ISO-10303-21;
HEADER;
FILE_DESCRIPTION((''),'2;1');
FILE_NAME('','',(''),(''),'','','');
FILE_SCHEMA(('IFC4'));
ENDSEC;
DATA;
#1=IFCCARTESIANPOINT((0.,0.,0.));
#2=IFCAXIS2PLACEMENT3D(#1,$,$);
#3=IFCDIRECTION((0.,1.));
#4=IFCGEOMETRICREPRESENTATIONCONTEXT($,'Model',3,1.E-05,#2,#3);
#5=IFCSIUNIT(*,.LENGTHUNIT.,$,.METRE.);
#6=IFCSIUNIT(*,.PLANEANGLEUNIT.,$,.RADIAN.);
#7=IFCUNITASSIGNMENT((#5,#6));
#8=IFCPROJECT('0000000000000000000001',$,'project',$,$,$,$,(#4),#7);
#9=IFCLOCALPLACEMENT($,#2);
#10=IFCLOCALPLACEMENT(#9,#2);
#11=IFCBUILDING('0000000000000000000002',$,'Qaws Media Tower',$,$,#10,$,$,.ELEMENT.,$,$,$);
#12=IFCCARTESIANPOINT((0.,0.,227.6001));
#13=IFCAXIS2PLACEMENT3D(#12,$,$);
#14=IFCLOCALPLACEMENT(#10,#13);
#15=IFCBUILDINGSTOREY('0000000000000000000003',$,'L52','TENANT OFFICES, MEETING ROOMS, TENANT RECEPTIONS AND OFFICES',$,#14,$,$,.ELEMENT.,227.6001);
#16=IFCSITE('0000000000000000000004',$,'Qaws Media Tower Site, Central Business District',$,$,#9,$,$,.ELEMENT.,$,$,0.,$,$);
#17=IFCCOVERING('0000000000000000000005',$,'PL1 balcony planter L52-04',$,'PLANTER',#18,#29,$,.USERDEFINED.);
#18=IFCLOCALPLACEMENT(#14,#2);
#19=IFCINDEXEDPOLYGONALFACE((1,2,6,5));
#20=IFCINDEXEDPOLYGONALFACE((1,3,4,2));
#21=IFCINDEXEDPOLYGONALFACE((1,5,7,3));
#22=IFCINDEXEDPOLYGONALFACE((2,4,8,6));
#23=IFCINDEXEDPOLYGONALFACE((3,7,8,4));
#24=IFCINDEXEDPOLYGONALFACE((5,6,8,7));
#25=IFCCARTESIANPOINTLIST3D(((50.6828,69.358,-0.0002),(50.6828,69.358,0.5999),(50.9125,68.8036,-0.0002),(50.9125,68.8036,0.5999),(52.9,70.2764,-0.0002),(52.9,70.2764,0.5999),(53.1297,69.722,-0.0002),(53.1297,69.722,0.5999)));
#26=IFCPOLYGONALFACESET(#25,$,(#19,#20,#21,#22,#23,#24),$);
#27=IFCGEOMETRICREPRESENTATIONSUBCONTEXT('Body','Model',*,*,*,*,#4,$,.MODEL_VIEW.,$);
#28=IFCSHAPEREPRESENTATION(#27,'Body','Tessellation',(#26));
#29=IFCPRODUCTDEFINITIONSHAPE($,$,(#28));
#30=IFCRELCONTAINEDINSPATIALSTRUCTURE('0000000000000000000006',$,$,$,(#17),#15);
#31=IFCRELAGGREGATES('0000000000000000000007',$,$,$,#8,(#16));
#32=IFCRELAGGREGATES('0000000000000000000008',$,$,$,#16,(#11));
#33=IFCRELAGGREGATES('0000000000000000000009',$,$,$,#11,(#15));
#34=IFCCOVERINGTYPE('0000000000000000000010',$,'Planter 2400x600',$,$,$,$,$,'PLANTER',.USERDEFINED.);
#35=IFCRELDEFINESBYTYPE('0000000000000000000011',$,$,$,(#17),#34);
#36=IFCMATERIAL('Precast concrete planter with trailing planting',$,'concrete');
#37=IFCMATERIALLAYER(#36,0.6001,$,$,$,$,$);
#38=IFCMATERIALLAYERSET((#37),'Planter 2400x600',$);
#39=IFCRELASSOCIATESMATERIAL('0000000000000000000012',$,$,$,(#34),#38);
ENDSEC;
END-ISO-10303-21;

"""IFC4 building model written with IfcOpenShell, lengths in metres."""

from ifc_helpers import new_model, si_unit, direction, frame, origin, origin_2d, place, context, subcontext, project, spatial, rectangle, extrude, material, layer, layer_set, type_object, element, save


model = new_model("IFC4")

# Units and contexts
model_context = context("Model", 3, precision=1e-05, world=origin(), true_north=direction((0.0, 1.0)))
body_context = subcontext(model_context, "Body", "Model", "MODEL_VIEW")
ifc_project = project(units=[si_unit("LENGTHUNIT", "METRE"), si_unit("PLANEANGLEUNIT", "RADIAN")], contexts=[model_context])

# Site, building, storey
site_placement = place(None, origin())
site = spatial("IfcSite", under=ifc_project, at=site_placement, Name="Qaws Media Tower Site, Central Business District", CompositionType="ELEMENT", RefElevation=0.0)
building_placement = place(site_placement, origin())
building = spatial("IfcBuilding", under=site, at=building_placement, Name="Qaws Media Tower", CompositionType="ELEMENT")
storey_placement = place(building_placement, frame((0.0, 0.0, 227.6001)))
storey = spatial("IfcBuildingStorey", under=building, at=storey_placement, Name="L52", Description="TENANT OFFICES, MEETING ROOMS, TENANT RECEPTIONS AND OFFICES", CompositionType="ELEMENT", Elevation=227.6001)

# Covering
ifc_material_1 = material(Name="Precast concrete planter with trailing planting", Category="concrete")
ifc_layer_1 = layer(ifc_material_1, 0.6001)
ifc_layer_set_1 = layer_set([ifc_layer_1], Name="Planter 2400x600")
covering_type = type_object("IfcCoveringType", Name="Planter 2400x600", ElementType="PLANTER", PredefinedType="USERDEFINED", material=ifc_layer_set_1)
covering_placement = place(storey_placement, frame((51.9062, 69.54, -0.0002), z_axis=(0.0, 0.0, 1.0), x_axis=(-0.92388, -0.382683, 0.0)))
element("IfcCovering", 1, at=covering_placement, inside=storey, type_object=covering_type, Name="PL1 balcony planter L52-04", ObjectType="PLANTER", PredefinedType="USERDEFINED", context=body_context, shape_type="SweptSolid", body=[
    extrude(rectangle(XDim=2.3999, YDim=0.6001, at=origin_2d()), origin(), (0.0, 0.0, 1.0), 0.6001),
])

save(model, "model.ifc")
